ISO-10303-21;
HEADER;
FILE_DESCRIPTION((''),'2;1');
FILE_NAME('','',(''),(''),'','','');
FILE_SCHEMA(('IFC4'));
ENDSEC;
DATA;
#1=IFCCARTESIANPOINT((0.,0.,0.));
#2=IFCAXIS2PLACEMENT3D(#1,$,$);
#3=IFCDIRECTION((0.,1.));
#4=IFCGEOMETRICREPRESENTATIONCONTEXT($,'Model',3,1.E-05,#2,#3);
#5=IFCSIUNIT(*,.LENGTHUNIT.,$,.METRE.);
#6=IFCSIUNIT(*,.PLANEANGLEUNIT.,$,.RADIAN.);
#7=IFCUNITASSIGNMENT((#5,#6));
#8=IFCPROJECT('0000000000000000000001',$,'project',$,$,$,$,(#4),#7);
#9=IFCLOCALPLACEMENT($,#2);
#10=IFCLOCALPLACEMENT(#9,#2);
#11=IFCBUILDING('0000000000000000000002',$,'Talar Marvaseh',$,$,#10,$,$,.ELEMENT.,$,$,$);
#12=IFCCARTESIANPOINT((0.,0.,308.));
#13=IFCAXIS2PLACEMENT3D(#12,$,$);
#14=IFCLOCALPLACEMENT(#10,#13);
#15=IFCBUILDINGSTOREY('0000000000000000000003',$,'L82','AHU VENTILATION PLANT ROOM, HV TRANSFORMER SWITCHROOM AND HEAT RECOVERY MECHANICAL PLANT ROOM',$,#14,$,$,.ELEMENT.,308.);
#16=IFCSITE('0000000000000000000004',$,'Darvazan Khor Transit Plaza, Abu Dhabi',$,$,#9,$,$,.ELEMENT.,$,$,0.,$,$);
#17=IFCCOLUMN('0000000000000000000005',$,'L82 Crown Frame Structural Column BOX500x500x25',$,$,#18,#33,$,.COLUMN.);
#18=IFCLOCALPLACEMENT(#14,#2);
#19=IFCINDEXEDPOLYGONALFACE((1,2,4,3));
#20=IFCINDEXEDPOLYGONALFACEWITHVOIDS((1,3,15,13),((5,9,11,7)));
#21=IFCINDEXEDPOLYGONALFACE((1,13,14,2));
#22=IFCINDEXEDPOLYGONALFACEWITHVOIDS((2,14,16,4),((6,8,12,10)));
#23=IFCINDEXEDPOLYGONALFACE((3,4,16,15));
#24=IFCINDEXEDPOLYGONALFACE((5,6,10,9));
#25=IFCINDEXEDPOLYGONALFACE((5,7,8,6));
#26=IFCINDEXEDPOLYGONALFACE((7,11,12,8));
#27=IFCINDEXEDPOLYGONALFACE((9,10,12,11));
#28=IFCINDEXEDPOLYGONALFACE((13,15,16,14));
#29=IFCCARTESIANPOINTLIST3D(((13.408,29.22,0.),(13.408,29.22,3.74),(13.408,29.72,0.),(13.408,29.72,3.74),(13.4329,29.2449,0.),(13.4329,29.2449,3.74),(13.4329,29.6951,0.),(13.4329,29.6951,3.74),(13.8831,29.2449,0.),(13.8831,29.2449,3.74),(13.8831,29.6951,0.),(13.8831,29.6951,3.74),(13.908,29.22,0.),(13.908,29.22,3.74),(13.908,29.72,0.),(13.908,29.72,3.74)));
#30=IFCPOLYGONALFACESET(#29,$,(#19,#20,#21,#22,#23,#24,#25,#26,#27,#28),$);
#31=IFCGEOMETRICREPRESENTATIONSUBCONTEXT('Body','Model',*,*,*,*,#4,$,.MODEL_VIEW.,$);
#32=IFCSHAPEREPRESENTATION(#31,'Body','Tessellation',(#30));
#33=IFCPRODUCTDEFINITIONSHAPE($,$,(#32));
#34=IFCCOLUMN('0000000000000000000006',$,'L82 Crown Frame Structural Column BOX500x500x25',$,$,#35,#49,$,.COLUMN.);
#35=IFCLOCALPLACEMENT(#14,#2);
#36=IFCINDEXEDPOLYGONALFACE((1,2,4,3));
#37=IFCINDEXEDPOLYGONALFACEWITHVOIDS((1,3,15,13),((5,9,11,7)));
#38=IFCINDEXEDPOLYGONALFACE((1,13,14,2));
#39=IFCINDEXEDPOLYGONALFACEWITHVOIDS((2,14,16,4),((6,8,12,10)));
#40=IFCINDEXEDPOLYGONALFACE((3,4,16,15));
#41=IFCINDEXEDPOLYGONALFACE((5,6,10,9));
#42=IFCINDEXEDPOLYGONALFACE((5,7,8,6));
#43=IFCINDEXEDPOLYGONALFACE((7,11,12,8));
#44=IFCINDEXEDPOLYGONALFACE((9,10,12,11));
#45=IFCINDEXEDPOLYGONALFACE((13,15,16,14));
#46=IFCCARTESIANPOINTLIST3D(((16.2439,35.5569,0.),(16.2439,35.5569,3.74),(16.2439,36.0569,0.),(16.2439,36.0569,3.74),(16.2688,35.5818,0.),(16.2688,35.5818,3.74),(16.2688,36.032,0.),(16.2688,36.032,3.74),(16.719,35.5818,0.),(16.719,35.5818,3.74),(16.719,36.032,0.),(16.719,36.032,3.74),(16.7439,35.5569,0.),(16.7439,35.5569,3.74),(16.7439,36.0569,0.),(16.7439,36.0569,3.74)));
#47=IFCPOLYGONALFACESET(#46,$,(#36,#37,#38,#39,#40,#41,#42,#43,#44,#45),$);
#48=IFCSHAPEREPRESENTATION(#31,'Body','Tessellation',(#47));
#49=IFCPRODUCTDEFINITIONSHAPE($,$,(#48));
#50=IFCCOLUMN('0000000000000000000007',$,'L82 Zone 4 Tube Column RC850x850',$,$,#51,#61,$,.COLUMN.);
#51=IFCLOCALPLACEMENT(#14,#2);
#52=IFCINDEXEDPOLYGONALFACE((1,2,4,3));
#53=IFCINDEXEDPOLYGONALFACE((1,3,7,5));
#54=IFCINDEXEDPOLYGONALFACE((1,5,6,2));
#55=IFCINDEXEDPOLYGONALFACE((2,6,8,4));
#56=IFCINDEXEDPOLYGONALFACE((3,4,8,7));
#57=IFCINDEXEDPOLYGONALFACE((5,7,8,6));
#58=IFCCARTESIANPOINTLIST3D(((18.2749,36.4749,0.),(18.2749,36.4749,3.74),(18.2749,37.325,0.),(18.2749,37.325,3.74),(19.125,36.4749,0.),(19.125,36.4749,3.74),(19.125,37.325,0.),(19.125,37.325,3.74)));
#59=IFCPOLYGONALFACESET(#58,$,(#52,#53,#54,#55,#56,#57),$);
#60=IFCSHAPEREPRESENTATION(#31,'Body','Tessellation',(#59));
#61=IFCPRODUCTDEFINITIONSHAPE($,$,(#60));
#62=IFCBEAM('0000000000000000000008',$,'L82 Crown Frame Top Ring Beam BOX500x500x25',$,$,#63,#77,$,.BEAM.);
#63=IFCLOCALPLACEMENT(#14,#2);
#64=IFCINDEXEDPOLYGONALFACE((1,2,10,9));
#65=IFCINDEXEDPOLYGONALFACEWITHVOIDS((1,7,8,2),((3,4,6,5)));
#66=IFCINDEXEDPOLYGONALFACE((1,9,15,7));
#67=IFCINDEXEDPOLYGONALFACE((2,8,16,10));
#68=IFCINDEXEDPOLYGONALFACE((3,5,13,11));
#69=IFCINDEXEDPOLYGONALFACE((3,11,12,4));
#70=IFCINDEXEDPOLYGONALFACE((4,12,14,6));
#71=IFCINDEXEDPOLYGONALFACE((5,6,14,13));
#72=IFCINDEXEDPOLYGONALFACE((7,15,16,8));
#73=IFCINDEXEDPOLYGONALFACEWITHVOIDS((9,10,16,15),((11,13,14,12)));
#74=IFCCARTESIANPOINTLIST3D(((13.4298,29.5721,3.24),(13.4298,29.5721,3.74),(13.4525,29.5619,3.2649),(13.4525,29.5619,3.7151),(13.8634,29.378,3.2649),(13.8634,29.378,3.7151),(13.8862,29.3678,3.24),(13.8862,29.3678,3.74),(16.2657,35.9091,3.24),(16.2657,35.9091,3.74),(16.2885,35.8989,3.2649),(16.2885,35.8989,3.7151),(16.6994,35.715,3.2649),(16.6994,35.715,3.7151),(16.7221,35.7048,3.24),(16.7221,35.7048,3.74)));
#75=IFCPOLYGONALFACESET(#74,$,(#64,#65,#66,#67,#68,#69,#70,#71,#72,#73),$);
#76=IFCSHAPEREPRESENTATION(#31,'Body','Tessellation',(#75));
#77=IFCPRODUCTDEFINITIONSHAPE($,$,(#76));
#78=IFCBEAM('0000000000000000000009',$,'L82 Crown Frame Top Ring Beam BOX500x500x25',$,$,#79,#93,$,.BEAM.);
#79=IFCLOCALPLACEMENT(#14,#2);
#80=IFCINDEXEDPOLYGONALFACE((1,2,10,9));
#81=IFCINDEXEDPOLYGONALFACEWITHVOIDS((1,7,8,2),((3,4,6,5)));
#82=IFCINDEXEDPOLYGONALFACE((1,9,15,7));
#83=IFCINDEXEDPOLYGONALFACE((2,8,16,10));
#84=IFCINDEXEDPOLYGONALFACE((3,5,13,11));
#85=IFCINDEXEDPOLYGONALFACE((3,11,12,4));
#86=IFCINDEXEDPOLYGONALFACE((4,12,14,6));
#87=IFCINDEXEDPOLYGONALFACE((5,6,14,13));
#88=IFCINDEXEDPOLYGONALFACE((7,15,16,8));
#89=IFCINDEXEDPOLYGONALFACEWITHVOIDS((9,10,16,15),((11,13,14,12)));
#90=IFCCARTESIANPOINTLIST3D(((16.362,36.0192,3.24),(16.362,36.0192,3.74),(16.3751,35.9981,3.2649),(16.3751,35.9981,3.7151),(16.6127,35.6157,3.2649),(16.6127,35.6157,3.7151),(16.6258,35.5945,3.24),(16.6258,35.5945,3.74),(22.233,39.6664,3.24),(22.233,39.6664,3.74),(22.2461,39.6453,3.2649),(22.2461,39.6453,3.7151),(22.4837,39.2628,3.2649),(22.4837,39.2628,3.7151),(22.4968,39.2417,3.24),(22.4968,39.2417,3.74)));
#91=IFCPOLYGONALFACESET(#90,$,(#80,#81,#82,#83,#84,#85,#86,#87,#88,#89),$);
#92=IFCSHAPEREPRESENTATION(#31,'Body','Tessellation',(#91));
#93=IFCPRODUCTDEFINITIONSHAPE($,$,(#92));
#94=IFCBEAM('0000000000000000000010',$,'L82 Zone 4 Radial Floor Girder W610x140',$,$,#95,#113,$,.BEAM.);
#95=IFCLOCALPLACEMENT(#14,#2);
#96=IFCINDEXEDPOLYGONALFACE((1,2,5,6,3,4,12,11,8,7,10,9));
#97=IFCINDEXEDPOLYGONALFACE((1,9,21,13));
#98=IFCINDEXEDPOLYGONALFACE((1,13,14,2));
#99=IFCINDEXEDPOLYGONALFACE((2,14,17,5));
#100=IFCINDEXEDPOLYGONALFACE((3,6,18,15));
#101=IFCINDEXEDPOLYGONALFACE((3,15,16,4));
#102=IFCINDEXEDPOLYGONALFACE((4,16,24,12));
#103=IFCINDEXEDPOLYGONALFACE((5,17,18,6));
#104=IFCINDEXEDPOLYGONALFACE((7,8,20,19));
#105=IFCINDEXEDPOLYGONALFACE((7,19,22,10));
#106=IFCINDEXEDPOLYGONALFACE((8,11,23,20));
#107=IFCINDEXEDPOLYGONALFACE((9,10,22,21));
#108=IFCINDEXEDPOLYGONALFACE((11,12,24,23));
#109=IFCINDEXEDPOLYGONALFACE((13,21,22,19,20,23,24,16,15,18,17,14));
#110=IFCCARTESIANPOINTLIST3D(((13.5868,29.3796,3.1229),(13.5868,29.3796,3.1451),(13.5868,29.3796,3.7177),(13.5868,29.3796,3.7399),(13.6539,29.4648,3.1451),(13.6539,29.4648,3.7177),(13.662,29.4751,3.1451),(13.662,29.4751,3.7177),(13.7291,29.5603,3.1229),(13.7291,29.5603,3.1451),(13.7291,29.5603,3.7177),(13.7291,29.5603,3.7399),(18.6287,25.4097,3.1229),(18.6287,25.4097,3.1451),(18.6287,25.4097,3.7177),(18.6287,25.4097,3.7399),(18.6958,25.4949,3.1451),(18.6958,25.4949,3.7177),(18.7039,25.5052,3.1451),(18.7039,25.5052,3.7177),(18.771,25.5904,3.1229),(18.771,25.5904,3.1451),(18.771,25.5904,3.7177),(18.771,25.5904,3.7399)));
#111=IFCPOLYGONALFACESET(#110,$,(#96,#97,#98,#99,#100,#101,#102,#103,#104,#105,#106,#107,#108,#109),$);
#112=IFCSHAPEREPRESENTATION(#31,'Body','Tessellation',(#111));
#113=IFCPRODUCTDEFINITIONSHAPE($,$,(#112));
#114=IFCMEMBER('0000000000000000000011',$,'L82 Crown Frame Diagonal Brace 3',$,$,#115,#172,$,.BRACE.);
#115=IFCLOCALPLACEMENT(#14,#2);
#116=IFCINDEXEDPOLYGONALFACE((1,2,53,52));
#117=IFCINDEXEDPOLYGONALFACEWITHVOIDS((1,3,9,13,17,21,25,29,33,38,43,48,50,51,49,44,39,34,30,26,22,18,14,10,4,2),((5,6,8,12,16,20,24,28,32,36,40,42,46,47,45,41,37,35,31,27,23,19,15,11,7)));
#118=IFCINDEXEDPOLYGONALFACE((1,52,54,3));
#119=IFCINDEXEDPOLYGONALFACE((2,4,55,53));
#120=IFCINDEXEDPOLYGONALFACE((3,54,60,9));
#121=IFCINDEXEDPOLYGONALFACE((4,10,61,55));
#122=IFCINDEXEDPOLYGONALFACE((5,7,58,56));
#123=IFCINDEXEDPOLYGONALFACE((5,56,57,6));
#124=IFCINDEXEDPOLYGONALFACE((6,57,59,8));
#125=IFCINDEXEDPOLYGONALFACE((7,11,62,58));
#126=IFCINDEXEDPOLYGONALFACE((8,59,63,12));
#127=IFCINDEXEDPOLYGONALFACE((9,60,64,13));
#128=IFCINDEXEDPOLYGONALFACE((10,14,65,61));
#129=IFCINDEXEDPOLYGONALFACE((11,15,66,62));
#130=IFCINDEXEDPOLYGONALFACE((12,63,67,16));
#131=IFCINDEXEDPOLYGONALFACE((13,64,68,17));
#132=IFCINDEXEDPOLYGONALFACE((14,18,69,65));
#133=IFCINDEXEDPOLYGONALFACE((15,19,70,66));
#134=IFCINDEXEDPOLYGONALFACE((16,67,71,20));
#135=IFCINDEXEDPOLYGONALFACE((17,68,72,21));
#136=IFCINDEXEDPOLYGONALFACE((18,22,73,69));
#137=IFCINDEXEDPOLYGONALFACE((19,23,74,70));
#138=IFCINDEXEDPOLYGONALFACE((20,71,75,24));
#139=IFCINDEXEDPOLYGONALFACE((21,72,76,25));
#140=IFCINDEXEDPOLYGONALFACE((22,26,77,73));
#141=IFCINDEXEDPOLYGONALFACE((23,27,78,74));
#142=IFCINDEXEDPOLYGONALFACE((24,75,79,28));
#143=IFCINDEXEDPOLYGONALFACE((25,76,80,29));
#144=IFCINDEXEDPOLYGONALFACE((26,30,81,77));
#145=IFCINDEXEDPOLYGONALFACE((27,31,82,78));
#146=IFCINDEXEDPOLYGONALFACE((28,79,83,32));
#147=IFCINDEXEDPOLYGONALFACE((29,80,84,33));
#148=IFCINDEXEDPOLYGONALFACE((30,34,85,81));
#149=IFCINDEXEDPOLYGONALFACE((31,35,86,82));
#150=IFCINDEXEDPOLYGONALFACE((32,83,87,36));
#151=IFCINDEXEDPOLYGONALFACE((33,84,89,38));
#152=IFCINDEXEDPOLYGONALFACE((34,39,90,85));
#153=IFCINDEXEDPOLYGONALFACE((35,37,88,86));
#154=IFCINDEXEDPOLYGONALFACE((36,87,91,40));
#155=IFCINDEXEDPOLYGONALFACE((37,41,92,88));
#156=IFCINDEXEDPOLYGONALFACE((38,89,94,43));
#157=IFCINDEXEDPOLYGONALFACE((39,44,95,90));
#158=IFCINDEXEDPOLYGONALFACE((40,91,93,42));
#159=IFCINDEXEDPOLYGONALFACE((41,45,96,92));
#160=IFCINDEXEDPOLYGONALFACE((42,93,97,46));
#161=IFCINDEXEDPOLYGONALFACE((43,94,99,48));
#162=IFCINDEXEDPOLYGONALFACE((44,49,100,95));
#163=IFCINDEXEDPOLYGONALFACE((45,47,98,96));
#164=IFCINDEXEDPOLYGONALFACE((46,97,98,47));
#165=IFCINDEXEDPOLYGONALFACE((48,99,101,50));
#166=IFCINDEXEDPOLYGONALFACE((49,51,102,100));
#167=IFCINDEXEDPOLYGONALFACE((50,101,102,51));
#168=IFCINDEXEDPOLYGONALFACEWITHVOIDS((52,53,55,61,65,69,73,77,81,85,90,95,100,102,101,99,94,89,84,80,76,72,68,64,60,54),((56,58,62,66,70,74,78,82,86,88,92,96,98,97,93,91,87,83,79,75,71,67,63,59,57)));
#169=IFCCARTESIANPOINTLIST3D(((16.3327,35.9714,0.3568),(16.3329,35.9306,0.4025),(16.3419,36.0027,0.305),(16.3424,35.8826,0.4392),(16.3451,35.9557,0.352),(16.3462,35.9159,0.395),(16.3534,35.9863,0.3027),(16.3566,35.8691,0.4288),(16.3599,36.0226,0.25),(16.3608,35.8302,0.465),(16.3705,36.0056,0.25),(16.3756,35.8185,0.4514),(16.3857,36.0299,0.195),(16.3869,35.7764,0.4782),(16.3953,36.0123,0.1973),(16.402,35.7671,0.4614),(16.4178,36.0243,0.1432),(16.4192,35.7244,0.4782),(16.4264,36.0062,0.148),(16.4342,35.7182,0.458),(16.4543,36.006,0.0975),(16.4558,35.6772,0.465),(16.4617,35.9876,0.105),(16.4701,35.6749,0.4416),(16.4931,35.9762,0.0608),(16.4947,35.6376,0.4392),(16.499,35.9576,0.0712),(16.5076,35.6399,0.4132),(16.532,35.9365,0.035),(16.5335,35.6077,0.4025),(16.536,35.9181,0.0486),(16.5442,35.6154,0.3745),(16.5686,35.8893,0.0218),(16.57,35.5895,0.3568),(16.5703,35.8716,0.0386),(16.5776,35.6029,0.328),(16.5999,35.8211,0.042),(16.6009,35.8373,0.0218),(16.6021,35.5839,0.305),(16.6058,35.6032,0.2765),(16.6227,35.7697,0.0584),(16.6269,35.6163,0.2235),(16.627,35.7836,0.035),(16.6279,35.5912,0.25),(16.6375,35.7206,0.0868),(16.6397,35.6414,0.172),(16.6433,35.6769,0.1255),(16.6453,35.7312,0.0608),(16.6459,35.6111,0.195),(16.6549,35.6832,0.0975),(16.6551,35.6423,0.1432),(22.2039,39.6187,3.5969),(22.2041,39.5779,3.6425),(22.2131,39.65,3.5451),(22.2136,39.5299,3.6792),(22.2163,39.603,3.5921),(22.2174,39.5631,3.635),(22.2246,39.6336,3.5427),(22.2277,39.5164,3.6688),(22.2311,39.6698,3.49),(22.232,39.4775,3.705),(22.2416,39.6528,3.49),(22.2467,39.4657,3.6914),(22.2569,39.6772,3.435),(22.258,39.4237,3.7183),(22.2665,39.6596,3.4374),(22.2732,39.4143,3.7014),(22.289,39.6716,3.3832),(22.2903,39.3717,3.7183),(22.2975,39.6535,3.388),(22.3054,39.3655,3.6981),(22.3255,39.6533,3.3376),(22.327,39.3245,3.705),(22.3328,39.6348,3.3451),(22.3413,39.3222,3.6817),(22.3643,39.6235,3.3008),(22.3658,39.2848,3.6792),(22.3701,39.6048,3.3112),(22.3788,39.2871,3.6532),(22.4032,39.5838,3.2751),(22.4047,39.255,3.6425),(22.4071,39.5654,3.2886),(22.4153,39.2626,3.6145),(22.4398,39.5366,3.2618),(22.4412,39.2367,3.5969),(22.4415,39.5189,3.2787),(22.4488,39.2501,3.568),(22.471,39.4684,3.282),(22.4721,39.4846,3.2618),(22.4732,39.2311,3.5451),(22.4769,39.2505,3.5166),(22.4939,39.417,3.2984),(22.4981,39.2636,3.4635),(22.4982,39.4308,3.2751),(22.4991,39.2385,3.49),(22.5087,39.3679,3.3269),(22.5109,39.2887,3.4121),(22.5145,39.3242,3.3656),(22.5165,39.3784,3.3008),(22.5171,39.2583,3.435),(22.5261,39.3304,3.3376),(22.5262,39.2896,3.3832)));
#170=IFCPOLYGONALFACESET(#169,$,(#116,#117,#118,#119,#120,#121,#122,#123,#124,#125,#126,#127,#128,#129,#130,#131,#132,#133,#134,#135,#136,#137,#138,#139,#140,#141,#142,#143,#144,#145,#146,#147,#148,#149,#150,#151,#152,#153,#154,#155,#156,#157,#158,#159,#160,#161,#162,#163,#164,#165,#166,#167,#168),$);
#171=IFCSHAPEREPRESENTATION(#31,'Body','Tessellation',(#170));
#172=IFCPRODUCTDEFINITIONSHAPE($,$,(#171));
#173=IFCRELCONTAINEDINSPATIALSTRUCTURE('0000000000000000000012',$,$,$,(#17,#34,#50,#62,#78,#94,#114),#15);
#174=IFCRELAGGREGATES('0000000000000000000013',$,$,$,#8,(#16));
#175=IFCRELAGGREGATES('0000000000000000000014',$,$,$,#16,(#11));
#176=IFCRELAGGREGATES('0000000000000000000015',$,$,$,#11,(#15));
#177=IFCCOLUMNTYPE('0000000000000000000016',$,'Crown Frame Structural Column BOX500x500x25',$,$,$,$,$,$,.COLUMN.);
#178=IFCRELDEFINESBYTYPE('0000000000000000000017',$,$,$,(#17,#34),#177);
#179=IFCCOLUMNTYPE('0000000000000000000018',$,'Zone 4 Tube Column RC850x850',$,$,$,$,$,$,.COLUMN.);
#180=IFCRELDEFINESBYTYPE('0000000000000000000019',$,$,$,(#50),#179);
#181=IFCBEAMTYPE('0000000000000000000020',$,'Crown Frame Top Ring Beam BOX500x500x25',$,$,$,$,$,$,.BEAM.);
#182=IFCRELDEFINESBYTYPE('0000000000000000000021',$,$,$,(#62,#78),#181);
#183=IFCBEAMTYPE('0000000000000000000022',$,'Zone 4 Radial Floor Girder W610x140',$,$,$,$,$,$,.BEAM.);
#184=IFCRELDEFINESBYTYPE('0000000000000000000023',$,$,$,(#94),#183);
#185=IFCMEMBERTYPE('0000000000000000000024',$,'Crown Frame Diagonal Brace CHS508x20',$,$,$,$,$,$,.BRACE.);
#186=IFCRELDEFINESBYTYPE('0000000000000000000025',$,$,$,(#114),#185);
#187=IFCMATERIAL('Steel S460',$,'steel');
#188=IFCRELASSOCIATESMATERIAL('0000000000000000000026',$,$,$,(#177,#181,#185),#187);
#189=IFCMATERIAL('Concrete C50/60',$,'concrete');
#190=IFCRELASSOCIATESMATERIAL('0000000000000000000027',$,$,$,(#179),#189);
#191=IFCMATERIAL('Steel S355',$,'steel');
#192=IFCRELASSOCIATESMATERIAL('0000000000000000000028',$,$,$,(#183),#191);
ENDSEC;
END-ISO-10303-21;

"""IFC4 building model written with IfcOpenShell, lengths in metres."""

from ifc_helpers import new_model, si_unit, direction, frame, origin, origin_2d, place, context, subcontext, project, spatial, rectangle, hollow_rectangle, hollow_circle, i_section, extrude, source, transform, mapped, material, material_profile, profile_set, type_object, type_shapes, element, save


model = new_model("IFC4")

# Units and contexts
model_context = context("Model", 3, precision=1e-05, world=origin(), true_north=direction((0.0, 1.0)))
body_context = subcontext(model_context, "Body", "Model", "MODEL_VIEW")
ifc_project = project(units=[si_unit("LENGTHUNIT", "METRE"), si_unit("PLANEANGLEUNIT", "RADIAN")], contexts=[model_context])

# Site, building, storey
site_placement = place(None, origin())
site = spatial("IfcSite", under=ifc_project, at=site_placement, Name="Darvazan Khor Transit Plaza, Abu Dhabi", CompositionType="ELEMENT", RefElevation=0.0)
building_placement = place(site_placement, origin())
building = spatial("IfcBuilding", under=site, at=building_placement, Name="Talar Marvaseh", CompositionType="ELEMENT")
storey_placement = place(building_placement, frame((0.0, 0.0, 308.0)))
storey = spatial("IfcBuildingStorey", under=building, at=storey_placement, Name="L82", Description="AHU VENTILATION PLANT ROOM, HV TRANSFORMER SWITCHROOM AND HEAT RECOVERY MECHANICAL PLANT ROOM", CompositionType="ELEMENT", Elevation=308.0)

# Columns
ifc_material_1 = material(Name="Steel S460", Category="steel")
ifc_material_profile_1 = material_profile(ifc_material_1, hollow_rectangle(XDim=0.5, YDim=0.5, WallThickness=0.0249, at=origin_2d()), Name="BOX500x500x25")
ifc_profile_set_1 = profile_set([ifc_material_profile_1], Name="Steel S460")
column_type_1 = type_object("IfcColumnType", Name="Crown Frame Structural Column BOX500x500x25", PredefinedType="COLUMN", material=ifc_profile_set_1)
for number, where, z_axis, x_axis, name in (
    (1, (13.658, 29.47, 0.0), (0.0, 0.0, 1.0), (1.0, 0.0, 0.0), "L82 Crown Frame Structural Column BOX500x500x25"),
    (2, (16.4939, 35.8069, 0.0), (0.0, 0.0, 1.0), (1.0, 0.0, 0.0), "L82 Crown Frame Structural Column BOX500x500x25"),
):
    element("IfcColumn", number, at=place(storey_placement, frame(where, z_axis=z_axis, x_axis=x_axis)), inside=storey, type_object=column_type_1, Name=name, PredefinedType="COLUMN", context=body_context, shape_type="SweptSolid", body=[
        extrude(hollow_rectangle(XDim=0.5, YDim=0.5, WallThickness=0.0249, at=origin_2d()), origin(), (0.0, 0.0, 1.0), 3.74),
    ])
ifc_material_2 = material(Name="Concrete C50/60", Category="concrete")
ifc_material_profile_2 = material_profile(ifc_material_2, rectangle(XDim=0.8501, YDim=0.8501, at=origin_2d()), Name="RC850x850")
ifc_profile_set_2 = profile_set([ifc_material_profile_2], Name="Concrete C50/60")
column_type_2 = type_object("IfcColumnType", Name="Zone 4 Tube Column RC850x850", PredefinedType="COLUMN", material=ifc_profile_set_2)
column_placement = place(storey_placement, frame((18.7, 36.8999, 0.0), z_axis=(0.0, 0.0, 1.0), x_axis=(1.0, 0.0, 0.0)))
element("IfcColumn", 3, at=column_placement, inside=storey, type_object=column_type_2, Name="L82 Zone 4 Tube Column RC850x850", PredefinedType="COLUMN", context=body_context, shape_type="SweptSolid", body=[
    extrude(rectangle(XDim=0.8501, YDim=0.8501, at=origin_2d()), origin(), (0.0, 0.0, 1.0), 3.74),
])

# Beams
ifc_material_profile_3 = material_profile(ifc_material_1, hollow_rectangle(XDim=0.5, YDim=0.5, WallThickness=0.0249, at=origin_2d()), Name="BOX500x500x25")
ifc_profile_set_3 = profile_set([ifc_material_profile_3], Name="Steel S460")
beam_type_1 = type_object("IfcBeamType", Name="Crown Frame Top Ring Beam BOX500x500x25", PredefinedType="BEAM", material=ifc_profile_set_3)
beam_1_placement = place(storey_placement, frame((13.658, 29.47, 3.49), z_axis=(0.408486, 0.912764, 0.0), x_axis=(-0.912764, 0.408486, 0.0)))
element("IfcBeam", 4, at=beam_1_placement, inside=storey, type_object=beam_type_1, Name="L82 Crown Frame Top Ring Beam BOX500x500x25", PredefinedType="BEAM", context=body_context, shape_type="SweptSolid", body=[
    extrude(hollow_rectangle(XDim=0.5, YDim=0.5, WallThickness=0.0249, at=origin_2d()), origin(), (0.0, 0.0, 1.0), 6.9426),
])
beam_2_placement = place(storey_placement, frame((16.4939, 35.8069, 3.49), z_axis=(0.84944, 0.527686, 0.0), x_axis=(-0.527686, 0.84944, 0.0)))
element("IfcBeam", 5, at=beam_2_placement, inside=storey, type_object=beam_type_1, Name="L82 Crown Frame Top Ring Beam BOX500x500x25", PredefinedType="BEAM", context=body_context, shape_type="SweptSolid", body=[
    extrude(hollow_rectangle(XDim=0.5, YDim=0.5, WallThickness=0.0249, at=origin_2d()), origin(), (0.0, 0.0, 1.0), 6.9116),
])
ifc_material_3 = material(Name="Steel S355", Category="steel")
ifc_material_profile_4 = material_profile(ifc_material_3, i_section(OverallWidth=0.23, OverallDepth=0.6169, WebThickness=0.0132, FlangeThickness=0.0222, at=origin_2d()), Name="W610x140")
ifc_profile_set_4 = profile_set([ifc_material_profile_4], Name="Steel S355")
beam_type_2 = type_object("IfcBeamType", Name="Zone 4 Radial Floor Girder W610x140", PredefinedType="BEAM", material=ifc_profile_set_4)
beam_3_placement = place(storey_placement, frame((13.658, 29.47, 3.4314), z_axis=(0.785682, -0.618631, 0.0), x_axis=(0.618631, 0.785682, 0.0)))
element("IfcBeam", 6, at=beam_3_placement, inside=storey, type_object=beam_type_2, Name="L82 Zone 4 Radial Floor Girder W610x140", PredefinedType="BEAM", context=body_context, shape_type="SweptSolid", body=[
    extrude(i_section(OverallWidth=0.23, OverallDepth=0.6169, WebThickness=0.0132, FlangeThickness=0.0222, at=origin_2d()), origin(), (0.0, 0.0, 1.0), 6.4172),
])

# Member
ifc_material_profile_5 = material_profile(ifc_material_1, hollow_circle(Radius=0.2539, WallThickness=0.02, at=origin_2d()), Name="CHS508x20")
ifc_profile_set_5 = profile_set([ifc_material_profile_5], Name="Steel S460")
member_type_1 = type_object("IfcMemberType", Name="Crown Frame Diagonal Brace CHS508x20", PredefinedType="BRACE", material=ifc_profile_set_5)
shared_shape_1 = source(origin(), body_context, "Body", "SweptSolid", [
    extrude(hollow_circle(Radius=0.2539, WallThickness=0.02, at=origin_2d()), origin(), (0.0, 0.0, 1.0), 7.6335),
])
type_shapes(member_type_1, [shared_shape_1])
member_1_placement = place(storey_placement, frame((16.4939, 35.8069, 0.25), z_axis=(0.769128, 0.477794, 0.424447), x_axis=(-0.527686, 0.84944, 0.0)))
element("IfcMember", 7, at=member_1_placement, inside=storey, type_object=member_type_1, Name="L82 Crown Frame Diagonal Brace 3", PredefinedType="BRACE", context=body_context, shape_type="MappedRepresentation", body=[
    mapped(shared_shape_1, transform((0.0, 0.0, 0.0), x_axis=(1.0, 0.0, 0.0), y_axis=(0.0, 1.0, 0.0), z_axis=(0.0, 0.0, 1.0), scale=1.0)),
])

save(model, "model.ifc")
